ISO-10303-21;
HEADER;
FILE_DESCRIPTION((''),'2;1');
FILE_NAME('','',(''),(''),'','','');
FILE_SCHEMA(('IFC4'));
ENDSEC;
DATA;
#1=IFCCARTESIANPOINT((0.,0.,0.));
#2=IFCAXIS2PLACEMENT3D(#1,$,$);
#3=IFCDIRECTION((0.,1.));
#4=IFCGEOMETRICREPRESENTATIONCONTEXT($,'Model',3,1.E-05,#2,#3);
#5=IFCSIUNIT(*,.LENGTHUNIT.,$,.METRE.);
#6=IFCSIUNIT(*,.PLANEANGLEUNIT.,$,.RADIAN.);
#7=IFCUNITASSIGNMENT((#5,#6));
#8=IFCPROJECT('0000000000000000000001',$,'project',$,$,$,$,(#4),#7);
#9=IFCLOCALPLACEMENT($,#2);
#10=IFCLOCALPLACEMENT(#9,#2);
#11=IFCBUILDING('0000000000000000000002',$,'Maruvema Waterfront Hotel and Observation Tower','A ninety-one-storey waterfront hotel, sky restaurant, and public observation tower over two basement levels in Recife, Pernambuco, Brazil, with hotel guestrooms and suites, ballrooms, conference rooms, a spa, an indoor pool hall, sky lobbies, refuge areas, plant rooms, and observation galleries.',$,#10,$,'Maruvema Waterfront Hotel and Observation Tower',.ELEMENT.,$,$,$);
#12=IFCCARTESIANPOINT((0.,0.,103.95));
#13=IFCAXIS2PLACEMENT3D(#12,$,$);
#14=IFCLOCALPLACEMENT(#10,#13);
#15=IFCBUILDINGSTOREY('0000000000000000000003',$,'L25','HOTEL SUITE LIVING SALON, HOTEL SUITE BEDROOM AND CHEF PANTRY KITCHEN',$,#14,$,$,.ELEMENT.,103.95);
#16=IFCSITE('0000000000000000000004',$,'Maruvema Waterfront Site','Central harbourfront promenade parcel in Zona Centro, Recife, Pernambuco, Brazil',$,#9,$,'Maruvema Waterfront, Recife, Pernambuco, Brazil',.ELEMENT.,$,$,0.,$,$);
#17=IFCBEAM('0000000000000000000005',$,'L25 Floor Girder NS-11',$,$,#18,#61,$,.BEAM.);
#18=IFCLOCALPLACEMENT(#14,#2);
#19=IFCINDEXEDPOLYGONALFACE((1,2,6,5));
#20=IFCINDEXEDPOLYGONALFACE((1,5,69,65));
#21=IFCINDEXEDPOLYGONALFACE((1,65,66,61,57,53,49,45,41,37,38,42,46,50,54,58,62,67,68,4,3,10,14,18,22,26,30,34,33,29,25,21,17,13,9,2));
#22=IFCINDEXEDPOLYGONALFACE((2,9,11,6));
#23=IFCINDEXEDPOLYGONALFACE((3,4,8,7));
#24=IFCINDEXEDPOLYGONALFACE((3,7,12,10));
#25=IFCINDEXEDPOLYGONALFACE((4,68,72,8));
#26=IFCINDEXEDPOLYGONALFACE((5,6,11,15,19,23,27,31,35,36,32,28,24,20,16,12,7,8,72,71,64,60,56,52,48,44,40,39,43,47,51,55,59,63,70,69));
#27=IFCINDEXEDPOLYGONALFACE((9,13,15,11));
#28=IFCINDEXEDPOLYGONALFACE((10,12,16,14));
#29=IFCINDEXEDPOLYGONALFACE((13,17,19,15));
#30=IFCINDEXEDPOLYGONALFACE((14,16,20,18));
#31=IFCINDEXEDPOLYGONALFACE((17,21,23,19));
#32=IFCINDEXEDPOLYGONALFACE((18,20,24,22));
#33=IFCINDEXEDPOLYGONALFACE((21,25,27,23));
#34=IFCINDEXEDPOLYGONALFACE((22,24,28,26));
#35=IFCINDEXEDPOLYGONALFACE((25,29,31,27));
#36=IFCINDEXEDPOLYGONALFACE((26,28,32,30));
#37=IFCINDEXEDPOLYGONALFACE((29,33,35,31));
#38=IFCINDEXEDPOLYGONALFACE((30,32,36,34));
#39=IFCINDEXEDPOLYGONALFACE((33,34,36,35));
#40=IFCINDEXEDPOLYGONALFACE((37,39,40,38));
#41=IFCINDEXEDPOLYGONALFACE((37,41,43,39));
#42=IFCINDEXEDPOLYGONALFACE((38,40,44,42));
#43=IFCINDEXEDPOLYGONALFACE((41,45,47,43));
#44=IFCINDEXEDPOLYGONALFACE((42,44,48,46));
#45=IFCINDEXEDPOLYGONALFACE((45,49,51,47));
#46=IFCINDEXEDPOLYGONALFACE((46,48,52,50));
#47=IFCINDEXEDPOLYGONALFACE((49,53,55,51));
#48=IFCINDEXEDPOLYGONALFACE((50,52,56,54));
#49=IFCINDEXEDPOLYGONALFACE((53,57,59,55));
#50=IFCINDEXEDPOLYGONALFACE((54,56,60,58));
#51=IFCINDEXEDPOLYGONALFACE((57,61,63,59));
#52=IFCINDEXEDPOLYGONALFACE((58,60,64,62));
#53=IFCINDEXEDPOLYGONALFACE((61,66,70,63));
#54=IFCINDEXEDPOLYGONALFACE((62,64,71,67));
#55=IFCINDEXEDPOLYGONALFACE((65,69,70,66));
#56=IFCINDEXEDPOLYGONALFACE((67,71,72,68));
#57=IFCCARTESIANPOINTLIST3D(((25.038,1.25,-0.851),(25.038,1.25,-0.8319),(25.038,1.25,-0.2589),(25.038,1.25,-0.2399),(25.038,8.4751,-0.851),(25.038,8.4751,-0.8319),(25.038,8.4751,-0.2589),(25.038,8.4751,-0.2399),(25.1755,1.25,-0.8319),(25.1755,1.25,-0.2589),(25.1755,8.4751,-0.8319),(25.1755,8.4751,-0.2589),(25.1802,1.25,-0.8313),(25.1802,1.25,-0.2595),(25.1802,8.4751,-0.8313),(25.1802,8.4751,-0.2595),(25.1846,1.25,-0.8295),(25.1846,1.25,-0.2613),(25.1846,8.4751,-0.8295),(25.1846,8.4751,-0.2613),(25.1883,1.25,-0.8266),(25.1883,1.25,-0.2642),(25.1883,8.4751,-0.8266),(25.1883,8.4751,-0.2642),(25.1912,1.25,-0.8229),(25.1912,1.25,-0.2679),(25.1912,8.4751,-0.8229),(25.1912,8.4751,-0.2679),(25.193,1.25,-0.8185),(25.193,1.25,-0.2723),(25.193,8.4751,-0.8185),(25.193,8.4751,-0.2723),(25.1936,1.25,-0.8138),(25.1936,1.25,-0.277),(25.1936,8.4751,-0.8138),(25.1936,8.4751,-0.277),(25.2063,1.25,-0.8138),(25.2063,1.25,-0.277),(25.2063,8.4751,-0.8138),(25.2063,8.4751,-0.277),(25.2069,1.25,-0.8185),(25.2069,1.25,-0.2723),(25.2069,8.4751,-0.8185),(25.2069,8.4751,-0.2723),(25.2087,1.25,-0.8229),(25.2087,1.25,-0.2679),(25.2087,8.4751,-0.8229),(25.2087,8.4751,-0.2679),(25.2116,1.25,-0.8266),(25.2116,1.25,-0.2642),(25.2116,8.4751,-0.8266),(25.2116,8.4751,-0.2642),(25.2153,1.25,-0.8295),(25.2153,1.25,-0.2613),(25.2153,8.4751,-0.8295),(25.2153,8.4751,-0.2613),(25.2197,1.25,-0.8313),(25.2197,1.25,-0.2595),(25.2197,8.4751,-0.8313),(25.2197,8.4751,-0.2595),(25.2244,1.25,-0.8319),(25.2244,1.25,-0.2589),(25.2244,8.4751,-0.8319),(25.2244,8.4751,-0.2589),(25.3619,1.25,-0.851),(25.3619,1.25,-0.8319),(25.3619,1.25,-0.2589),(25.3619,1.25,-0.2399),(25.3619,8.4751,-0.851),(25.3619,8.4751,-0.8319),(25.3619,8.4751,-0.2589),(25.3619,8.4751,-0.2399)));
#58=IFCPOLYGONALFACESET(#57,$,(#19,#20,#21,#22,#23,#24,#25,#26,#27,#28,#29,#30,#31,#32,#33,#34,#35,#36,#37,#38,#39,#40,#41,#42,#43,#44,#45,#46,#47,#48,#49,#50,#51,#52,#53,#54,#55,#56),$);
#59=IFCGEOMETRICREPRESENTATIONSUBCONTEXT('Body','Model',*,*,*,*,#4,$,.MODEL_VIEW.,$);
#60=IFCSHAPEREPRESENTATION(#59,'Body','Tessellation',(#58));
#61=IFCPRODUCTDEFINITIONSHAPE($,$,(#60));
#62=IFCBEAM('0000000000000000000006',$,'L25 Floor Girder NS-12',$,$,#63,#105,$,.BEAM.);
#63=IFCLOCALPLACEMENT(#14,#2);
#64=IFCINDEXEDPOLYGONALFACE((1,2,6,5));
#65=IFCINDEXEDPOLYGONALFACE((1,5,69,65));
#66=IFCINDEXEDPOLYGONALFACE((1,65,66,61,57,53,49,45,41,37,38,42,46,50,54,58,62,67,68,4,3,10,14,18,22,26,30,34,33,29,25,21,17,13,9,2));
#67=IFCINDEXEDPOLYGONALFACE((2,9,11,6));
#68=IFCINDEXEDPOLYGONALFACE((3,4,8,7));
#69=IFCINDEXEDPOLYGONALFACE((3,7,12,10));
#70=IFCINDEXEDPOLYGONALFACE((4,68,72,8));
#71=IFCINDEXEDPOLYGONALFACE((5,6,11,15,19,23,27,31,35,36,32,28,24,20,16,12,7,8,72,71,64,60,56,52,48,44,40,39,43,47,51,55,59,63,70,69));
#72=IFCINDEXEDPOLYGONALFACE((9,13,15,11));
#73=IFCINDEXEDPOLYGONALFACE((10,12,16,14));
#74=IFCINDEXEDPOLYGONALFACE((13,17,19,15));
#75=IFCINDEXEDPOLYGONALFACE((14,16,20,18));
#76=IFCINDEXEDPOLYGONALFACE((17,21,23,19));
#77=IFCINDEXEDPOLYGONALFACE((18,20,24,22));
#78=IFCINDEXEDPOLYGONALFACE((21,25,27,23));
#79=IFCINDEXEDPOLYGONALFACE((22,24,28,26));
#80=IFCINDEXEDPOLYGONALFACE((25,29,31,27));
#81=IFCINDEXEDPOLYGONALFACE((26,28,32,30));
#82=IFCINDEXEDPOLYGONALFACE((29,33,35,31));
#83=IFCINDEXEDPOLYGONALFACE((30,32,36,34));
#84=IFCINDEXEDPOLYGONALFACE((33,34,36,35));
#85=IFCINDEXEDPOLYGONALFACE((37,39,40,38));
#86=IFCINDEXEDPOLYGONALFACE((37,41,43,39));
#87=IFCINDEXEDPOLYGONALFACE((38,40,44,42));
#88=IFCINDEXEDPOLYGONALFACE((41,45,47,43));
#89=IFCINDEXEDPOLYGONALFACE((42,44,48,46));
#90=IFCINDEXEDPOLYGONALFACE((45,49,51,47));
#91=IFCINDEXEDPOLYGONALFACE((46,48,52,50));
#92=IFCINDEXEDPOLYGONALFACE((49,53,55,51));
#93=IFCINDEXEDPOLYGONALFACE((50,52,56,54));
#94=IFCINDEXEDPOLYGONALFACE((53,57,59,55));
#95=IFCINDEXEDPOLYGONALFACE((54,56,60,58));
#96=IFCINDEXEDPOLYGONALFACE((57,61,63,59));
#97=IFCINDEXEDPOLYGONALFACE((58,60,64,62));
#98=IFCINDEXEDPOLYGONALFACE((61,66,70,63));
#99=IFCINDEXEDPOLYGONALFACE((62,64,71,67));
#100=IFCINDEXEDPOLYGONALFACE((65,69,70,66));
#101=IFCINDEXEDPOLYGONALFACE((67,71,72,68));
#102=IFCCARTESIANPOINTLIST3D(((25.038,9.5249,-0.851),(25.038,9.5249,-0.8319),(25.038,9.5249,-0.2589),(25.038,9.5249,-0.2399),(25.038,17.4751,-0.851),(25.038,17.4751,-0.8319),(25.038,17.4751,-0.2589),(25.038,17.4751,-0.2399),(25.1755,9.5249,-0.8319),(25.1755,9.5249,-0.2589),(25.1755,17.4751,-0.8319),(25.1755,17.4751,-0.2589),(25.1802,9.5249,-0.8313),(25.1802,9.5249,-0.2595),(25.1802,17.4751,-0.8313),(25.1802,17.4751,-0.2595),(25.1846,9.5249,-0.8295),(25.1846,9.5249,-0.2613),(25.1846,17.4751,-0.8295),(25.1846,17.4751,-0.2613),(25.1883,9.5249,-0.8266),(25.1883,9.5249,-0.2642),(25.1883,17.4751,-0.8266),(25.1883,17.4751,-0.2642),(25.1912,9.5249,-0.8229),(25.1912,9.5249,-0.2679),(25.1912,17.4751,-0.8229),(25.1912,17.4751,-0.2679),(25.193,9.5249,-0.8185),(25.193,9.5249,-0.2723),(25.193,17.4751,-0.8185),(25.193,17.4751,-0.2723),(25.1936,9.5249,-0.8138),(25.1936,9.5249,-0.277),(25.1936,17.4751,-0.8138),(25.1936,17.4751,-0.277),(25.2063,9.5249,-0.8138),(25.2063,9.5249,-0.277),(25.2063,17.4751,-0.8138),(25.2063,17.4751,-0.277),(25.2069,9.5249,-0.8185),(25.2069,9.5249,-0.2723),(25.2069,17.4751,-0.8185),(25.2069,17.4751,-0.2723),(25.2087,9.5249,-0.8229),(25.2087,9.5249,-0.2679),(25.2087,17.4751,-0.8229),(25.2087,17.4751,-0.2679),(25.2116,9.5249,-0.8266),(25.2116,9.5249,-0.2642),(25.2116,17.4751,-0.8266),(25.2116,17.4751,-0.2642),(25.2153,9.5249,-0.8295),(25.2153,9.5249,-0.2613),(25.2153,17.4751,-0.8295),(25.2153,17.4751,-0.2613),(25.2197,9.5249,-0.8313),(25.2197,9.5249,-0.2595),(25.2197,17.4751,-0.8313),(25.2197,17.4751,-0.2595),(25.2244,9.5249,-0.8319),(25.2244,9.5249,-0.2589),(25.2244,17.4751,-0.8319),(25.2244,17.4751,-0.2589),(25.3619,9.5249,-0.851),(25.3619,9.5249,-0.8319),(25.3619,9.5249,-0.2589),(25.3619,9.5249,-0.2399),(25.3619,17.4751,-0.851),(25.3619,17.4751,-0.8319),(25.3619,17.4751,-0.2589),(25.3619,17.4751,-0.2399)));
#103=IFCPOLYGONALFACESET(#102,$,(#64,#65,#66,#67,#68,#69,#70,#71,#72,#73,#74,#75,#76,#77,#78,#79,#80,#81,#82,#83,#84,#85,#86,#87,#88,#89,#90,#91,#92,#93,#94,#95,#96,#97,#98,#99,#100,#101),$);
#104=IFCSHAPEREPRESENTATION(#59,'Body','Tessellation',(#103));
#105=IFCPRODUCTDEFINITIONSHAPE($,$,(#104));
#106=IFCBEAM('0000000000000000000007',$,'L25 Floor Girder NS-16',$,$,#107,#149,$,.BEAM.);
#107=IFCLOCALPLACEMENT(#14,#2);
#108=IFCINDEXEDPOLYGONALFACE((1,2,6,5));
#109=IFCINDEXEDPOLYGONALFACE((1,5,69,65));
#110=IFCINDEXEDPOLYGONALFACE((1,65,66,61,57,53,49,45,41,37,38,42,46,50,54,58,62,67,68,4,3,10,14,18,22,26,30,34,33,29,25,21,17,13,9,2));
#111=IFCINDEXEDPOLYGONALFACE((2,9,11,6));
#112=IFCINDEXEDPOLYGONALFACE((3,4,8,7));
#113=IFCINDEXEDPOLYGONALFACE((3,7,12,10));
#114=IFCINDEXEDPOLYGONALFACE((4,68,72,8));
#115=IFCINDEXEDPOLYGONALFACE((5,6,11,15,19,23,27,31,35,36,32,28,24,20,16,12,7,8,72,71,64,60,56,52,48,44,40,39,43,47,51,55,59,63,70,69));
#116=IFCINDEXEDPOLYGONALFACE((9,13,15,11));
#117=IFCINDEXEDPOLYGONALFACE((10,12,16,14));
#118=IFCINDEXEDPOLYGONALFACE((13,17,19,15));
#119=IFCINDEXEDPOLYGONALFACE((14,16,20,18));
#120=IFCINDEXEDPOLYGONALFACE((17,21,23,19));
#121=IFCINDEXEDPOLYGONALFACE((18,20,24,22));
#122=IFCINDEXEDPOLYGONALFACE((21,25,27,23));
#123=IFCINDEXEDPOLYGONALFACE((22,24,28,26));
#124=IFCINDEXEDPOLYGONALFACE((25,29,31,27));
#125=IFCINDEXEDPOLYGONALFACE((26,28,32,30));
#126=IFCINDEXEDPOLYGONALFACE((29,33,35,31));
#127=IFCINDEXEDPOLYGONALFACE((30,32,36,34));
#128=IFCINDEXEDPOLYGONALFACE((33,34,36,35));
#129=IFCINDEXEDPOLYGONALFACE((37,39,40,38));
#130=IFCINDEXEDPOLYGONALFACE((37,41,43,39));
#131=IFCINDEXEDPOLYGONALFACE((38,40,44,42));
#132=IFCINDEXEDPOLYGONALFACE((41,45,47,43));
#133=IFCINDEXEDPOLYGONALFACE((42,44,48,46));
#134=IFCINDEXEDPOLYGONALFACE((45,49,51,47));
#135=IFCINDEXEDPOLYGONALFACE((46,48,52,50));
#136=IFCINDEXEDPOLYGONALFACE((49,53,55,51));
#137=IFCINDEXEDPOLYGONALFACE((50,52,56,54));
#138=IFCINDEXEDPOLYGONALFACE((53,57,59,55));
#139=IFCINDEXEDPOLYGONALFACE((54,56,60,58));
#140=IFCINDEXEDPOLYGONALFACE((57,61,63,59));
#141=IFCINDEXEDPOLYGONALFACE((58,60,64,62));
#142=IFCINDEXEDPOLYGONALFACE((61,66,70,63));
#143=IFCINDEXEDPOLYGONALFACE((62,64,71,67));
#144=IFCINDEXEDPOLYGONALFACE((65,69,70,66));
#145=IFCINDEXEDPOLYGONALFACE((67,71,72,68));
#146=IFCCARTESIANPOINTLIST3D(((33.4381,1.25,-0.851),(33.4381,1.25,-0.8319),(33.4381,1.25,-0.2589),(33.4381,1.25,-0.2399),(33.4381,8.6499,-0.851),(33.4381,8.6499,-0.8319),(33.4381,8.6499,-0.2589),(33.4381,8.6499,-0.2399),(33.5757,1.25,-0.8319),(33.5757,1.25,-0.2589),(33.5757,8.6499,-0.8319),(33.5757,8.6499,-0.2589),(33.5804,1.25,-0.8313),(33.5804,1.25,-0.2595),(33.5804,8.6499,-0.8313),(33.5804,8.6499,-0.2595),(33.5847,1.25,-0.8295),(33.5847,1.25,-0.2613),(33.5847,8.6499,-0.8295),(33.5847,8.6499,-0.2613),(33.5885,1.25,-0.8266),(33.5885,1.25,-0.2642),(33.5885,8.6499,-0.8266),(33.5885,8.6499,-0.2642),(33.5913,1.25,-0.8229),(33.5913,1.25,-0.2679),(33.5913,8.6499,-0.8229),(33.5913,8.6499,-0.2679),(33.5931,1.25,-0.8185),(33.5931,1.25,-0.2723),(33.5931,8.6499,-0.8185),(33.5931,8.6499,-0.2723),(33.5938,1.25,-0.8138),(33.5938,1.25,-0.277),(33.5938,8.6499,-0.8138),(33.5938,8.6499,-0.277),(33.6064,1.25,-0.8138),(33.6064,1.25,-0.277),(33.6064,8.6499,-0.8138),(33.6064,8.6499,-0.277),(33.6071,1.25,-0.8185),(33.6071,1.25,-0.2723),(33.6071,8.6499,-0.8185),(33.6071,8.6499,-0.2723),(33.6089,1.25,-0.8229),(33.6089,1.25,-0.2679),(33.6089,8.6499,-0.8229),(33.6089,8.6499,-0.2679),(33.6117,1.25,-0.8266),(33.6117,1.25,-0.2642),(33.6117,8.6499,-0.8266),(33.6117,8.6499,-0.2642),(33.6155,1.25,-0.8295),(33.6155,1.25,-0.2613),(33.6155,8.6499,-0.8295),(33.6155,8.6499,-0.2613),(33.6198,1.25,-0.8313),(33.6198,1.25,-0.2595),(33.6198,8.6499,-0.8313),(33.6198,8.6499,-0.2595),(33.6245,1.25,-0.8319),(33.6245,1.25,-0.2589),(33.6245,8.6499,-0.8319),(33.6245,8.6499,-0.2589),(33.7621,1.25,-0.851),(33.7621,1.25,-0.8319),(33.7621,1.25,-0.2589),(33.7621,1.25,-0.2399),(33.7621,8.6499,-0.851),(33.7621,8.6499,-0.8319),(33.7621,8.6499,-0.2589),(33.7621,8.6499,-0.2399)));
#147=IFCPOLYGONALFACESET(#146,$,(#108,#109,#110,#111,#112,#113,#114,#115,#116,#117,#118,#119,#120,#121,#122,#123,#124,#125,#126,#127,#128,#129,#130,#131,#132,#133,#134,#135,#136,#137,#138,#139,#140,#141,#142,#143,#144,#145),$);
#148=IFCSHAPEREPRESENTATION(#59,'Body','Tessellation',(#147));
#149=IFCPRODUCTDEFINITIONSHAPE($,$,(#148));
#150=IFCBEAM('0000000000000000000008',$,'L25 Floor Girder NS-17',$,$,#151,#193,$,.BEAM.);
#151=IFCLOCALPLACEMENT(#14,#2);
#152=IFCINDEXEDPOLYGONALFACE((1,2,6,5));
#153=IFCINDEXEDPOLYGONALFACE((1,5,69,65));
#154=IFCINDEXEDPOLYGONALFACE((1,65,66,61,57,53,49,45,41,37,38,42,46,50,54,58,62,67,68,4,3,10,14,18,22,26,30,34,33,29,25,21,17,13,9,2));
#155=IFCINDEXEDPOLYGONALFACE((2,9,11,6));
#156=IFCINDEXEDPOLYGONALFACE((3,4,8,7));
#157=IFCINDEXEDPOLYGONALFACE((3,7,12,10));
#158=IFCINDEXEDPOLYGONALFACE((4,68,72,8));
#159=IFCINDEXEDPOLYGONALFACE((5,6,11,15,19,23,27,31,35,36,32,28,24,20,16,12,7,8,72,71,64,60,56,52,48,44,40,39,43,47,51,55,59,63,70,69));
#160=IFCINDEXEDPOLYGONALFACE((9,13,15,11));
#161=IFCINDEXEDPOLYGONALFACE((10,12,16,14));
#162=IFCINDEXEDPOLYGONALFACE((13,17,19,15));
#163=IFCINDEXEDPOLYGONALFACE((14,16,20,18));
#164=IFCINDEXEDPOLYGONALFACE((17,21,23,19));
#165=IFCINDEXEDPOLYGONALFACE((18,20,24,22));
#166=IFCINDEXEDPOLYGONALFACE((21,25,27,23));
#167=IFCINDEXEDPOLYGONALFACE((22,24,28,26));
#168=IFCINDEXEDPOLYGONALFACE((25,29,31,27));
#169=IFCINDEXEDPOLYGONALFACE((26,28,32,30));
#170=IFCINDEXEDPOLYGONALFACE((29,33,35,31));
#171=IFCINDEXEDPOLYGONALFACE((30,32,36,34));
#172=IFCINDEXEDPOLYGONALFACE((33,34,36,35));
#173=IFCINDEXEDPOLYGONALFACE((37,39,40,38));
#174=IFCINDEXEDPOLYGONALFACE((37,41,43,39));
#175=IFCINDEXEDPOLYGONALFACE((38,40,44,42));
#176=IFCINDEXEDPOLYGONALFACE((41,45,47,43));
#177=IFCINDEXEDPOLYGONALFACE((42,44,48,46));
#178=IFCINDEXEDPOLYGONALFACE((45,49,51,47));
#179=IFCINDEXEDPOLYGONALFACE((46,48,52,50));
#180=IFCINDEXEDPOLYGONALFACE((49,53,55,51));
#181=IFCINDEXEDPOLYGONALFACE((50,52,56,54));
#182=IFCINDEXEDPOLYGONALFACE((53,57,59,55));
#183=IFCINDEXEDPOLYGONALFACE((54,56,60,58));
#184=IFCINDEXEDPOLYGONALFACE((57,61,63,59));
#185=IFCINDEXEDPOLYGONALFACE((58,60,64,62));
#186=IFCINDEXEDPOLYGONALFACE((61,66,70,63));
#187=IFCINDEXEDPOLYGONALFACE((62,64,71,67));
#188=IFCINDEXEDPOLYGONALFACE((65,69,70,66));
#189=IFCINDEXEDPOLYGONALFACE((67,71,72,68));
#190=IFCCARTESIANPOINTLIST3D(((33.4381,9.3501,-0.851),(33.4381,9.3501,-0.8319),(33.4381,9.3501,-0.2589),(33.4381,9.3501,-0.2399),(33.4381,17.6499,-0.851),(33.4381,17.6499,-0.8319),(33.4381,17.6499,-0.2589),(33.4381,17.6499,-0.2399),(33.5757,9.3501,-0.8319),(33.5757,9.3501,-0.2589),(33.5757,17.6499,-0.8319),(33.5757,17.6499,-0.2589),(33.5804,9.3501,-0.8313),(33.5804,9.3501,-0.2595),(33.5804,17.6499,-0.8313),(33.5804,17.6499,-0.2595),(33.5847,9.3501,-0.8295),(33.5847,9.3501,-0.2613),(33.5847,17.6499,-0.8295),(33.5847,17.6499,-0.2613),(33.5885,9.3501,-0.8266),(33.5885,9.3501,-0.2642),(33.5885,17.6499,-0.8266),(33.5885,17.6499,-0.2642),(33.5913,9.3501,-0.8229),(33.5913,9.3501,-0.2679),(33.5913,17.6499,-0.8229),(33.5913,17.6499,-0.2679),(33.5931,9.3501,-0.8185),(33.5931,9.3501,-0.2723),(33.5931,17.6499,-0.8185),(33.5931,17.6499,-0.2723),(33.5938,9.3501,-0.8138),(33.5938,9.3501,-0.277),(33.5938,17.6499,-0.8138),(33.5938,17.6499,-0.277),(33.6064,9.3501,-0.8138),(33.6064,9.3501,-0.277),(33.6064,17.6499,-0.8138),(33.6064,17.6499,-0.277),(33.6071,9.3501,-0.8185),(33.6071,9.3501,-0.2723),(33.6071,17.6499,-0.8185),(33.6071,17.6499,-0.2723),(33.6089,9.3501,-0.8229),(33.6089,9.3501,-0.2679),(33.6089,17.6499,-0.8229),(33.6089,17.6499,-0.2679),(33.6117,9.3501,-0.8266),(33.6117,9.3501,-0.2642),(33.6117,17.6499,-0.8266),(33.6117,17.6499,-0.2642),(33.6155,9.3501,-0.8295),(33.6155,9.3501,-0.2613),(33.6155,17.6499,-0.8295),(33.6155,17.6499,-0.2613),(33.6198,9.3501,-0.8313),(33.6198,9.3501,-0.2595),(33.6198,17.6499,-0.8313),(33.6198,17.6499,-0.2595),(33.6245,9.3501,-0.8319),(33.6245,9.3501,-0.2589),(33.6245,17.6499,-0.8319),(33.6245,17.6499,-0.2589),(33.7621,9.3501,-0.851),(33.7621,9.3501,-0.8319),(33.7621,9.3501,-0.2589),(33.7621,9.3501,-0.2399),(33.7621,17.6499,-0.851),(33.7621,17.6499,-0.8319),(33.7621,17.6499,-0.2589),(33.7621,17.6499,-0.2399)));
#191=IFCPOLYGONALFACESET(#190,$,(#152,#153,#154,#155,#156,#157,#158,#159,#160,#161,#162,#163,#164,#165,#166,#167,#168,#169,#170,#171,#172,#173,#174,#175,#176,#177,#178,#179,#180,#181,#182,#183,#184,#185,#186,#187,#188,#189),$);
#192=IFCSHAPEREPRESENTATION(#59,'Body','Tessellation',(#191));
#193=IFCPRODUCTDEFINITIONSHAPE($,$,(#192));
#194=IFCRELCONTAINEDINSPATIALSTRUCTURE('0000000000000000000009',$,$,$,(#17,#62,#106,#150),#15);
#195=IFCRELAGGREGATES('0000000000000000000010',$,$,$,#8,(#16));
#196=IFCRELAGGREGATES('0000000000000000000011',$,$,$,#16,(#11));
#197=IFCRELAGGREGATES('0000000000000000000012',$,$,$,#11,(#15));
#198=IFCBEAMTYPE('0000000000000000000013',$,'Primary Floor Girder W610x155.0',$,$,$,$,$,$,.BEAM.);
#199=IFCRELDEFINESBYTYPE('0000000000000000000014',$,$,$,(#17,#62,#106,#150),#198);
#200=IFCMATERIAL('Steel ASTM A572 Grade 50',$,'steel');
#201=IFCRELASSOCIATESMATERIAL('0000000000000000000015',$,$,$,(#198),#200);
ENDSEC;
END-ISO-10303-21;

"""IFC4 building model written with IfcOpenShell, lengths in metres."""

from ifc_helpers import new_model, si_unit, direction, frame, origin, origin_2d, place, context, subcontext, project, spatial, i_section, extrude, material, material_profile, profile_set, type_object, element, save


model = new_model("IFC4")

# Units and contexts
model_context = context("Model", 3, precision=1e-05, world=origin(), true_north=direction((0.0, 1.0)))
body_context = subcontext(model_context, "Body", "Model", "MODEL_VIEW")
ifc_project = project(units=[si_unit("LENGTHUNIT", "METRE"), si_unit("PLANEANGLEUNIT", "RADIAN")], contexts=[model_context])

# Site, building, storey
site_placement = place(None, origin())
site = spatial("IfcSite", under=ifc_project, at=site_placement, Name="Maruvema Waterfront Site", Description="Central harbourfront promenade parcel in Zona Centro, Recife, Pernambuco, Brazil", LongName="Maruvema Waterfront, Recife, Pernambuco, Brazil", CompositionType="ELEMENT", RefElevation=0.0)
building_placement = place(site_placement, origin())
building = spatial("IfcBuilding", under=site, at=building_placement, Name="Maruvema Waterfront Hotel and Observation Tower", Description="A ninety-one-storey waterfront hotel, sky restaurant, and public observation tower over two basement levels in Recife, Pernambuco, Brazil, with hotel guestrooms and suites, ballrooms, conference rooms, a spa, an indoor pool hall, sky lobbies, refuge areas, plant rooms, and observation galleries.", LongName="Maruvema Waterfront Hotel and Observation Tower", CompositionType="ELEMENT")
storey_placement = place(building_placement, frame((0.0, 0.0, 103.95)))
storey = spatial("IfcBuildingStorey", under=building, at=storey_placement, Name="L25", Description="HOTEL SUITE LIVING SALON, HOTEL SUITE BEDROOM AND CHEF PANTRY KITCHEN", CompositionType="ELEMENT", Elevation=103.95)

# Beams
ifc_material_1 = material(Name="Steel ASTM A572 Grade 50", Category="steel")
ifc_material_profile_1 = material_profile(ifc_material_1, i_section(OverallWidth=0.324, OverallDepth=0.6111, WebThickness=0.0127, FlangeThickness=0.019, FilletRadius=0.0181, at=origin_2d()), Name="W610x155.0")
ifc_profile_set_1 = profile_set([ifc_material_profile_1], Name="Steel ASTM A572 Grade 50")
beam_type_1 = type_object("IfcBeamType", Name="Primary Floor Girder W610x155.0", PredefinedType="BEAM", material=ifc_profile_set_1)
beam_1_placement = place(storey_placement, frame((25.2, 1.25, -0.5454), z_axis=(0.0, 1.0, 0.0), x_axis=(-1.0, 0.0, 0.0)))
element("IfcBeam", 1, at=beam_1_placement, inside=storey, type_object=beam_type_1, Name="L25 Floor Girder NS-11", PredefinedType="BEAM", context=body_context, shape_type="SweptSolid", body=[
    extrude(i_section(OverallWidth=0.324, OverallDepth=0.6111, WebThickness=0.0127, FlangeThickness=0.019, FilletRadius=0.0181, at=origin_2d()), origin(), (0.0, 0.0, 1.0), 7.2251),
])
beam_2_placement = place(storey_placement, frame((25.2, 9.5249, -0.5454), z_axis=(0.0, 1.0, 0.0), x_axis=(-1.0, 0.0, 0.0)))
element("IfcBeam", 2, at=beam_2_placement, inside=storey, type_object=beam_type_1, Name="L25 Floor Girder NS-12", PredefinedType="BEAM", context=body_context, shape_type="SweptSolid", body=[
    extrude(i_section(OverallWidth=0.324, OverallDepth=0.6111, WebThickness=0.0127, FlangeThickness=0.019, FilletRadius=0.0181, at=origin_2d()), origin(), (0.0, 0.0, 1.0), 7.9502),
])
beam_3_placement = place(storey_placement, frame((33.6001, 1.25, -0.5454), z_axis=(0.0, 1.0, 0.0), x_axis=(-1.0, 0.0, 0.0)))
element("IfcBeam", 3, at=beam_3_placement, inside=storey, type_object=beam_type_1, Name="L25 Floor Girder NS-16", PredefinedType="BEAM", context=body_context, shape_type="SweptSolid", body=[
    extrude(i_section(OverallWidth=0.324, OverallDepth=0.6111, WebThickness=0.0127, FlangeThickness=0.019, FilletRadius=0.0181, at=origin_2d()), origin(), (0.0, 0.0, 1.0), 7.3999),
])
beam_4_placement = place(storey_placement, frame((33.6001, 9.3501, -0.5454), z_axis=(0.0, 1.0, 0.0), x_axis=(-1.0, 0.0, 0.0)))
element("IfcBeam", 4, at=beam_4_placement, inside=storey, type_object=beam_type_1, Name="L25 Floor Girder NS-17", PredefinedType="BEAM", context=body_context, shape_type="SweptSolid", body=[
    extrude(i_section(OverallWidth=0.324, OverallDepth=0.6111, WebThickness=0.0127, FlangeThickness=0.019, FilletRadius=0.0181, at=origin_2d()), origin(), (0.0, 0.0, 1.0), 8.2998),
])

save(model, "model.ifc")
